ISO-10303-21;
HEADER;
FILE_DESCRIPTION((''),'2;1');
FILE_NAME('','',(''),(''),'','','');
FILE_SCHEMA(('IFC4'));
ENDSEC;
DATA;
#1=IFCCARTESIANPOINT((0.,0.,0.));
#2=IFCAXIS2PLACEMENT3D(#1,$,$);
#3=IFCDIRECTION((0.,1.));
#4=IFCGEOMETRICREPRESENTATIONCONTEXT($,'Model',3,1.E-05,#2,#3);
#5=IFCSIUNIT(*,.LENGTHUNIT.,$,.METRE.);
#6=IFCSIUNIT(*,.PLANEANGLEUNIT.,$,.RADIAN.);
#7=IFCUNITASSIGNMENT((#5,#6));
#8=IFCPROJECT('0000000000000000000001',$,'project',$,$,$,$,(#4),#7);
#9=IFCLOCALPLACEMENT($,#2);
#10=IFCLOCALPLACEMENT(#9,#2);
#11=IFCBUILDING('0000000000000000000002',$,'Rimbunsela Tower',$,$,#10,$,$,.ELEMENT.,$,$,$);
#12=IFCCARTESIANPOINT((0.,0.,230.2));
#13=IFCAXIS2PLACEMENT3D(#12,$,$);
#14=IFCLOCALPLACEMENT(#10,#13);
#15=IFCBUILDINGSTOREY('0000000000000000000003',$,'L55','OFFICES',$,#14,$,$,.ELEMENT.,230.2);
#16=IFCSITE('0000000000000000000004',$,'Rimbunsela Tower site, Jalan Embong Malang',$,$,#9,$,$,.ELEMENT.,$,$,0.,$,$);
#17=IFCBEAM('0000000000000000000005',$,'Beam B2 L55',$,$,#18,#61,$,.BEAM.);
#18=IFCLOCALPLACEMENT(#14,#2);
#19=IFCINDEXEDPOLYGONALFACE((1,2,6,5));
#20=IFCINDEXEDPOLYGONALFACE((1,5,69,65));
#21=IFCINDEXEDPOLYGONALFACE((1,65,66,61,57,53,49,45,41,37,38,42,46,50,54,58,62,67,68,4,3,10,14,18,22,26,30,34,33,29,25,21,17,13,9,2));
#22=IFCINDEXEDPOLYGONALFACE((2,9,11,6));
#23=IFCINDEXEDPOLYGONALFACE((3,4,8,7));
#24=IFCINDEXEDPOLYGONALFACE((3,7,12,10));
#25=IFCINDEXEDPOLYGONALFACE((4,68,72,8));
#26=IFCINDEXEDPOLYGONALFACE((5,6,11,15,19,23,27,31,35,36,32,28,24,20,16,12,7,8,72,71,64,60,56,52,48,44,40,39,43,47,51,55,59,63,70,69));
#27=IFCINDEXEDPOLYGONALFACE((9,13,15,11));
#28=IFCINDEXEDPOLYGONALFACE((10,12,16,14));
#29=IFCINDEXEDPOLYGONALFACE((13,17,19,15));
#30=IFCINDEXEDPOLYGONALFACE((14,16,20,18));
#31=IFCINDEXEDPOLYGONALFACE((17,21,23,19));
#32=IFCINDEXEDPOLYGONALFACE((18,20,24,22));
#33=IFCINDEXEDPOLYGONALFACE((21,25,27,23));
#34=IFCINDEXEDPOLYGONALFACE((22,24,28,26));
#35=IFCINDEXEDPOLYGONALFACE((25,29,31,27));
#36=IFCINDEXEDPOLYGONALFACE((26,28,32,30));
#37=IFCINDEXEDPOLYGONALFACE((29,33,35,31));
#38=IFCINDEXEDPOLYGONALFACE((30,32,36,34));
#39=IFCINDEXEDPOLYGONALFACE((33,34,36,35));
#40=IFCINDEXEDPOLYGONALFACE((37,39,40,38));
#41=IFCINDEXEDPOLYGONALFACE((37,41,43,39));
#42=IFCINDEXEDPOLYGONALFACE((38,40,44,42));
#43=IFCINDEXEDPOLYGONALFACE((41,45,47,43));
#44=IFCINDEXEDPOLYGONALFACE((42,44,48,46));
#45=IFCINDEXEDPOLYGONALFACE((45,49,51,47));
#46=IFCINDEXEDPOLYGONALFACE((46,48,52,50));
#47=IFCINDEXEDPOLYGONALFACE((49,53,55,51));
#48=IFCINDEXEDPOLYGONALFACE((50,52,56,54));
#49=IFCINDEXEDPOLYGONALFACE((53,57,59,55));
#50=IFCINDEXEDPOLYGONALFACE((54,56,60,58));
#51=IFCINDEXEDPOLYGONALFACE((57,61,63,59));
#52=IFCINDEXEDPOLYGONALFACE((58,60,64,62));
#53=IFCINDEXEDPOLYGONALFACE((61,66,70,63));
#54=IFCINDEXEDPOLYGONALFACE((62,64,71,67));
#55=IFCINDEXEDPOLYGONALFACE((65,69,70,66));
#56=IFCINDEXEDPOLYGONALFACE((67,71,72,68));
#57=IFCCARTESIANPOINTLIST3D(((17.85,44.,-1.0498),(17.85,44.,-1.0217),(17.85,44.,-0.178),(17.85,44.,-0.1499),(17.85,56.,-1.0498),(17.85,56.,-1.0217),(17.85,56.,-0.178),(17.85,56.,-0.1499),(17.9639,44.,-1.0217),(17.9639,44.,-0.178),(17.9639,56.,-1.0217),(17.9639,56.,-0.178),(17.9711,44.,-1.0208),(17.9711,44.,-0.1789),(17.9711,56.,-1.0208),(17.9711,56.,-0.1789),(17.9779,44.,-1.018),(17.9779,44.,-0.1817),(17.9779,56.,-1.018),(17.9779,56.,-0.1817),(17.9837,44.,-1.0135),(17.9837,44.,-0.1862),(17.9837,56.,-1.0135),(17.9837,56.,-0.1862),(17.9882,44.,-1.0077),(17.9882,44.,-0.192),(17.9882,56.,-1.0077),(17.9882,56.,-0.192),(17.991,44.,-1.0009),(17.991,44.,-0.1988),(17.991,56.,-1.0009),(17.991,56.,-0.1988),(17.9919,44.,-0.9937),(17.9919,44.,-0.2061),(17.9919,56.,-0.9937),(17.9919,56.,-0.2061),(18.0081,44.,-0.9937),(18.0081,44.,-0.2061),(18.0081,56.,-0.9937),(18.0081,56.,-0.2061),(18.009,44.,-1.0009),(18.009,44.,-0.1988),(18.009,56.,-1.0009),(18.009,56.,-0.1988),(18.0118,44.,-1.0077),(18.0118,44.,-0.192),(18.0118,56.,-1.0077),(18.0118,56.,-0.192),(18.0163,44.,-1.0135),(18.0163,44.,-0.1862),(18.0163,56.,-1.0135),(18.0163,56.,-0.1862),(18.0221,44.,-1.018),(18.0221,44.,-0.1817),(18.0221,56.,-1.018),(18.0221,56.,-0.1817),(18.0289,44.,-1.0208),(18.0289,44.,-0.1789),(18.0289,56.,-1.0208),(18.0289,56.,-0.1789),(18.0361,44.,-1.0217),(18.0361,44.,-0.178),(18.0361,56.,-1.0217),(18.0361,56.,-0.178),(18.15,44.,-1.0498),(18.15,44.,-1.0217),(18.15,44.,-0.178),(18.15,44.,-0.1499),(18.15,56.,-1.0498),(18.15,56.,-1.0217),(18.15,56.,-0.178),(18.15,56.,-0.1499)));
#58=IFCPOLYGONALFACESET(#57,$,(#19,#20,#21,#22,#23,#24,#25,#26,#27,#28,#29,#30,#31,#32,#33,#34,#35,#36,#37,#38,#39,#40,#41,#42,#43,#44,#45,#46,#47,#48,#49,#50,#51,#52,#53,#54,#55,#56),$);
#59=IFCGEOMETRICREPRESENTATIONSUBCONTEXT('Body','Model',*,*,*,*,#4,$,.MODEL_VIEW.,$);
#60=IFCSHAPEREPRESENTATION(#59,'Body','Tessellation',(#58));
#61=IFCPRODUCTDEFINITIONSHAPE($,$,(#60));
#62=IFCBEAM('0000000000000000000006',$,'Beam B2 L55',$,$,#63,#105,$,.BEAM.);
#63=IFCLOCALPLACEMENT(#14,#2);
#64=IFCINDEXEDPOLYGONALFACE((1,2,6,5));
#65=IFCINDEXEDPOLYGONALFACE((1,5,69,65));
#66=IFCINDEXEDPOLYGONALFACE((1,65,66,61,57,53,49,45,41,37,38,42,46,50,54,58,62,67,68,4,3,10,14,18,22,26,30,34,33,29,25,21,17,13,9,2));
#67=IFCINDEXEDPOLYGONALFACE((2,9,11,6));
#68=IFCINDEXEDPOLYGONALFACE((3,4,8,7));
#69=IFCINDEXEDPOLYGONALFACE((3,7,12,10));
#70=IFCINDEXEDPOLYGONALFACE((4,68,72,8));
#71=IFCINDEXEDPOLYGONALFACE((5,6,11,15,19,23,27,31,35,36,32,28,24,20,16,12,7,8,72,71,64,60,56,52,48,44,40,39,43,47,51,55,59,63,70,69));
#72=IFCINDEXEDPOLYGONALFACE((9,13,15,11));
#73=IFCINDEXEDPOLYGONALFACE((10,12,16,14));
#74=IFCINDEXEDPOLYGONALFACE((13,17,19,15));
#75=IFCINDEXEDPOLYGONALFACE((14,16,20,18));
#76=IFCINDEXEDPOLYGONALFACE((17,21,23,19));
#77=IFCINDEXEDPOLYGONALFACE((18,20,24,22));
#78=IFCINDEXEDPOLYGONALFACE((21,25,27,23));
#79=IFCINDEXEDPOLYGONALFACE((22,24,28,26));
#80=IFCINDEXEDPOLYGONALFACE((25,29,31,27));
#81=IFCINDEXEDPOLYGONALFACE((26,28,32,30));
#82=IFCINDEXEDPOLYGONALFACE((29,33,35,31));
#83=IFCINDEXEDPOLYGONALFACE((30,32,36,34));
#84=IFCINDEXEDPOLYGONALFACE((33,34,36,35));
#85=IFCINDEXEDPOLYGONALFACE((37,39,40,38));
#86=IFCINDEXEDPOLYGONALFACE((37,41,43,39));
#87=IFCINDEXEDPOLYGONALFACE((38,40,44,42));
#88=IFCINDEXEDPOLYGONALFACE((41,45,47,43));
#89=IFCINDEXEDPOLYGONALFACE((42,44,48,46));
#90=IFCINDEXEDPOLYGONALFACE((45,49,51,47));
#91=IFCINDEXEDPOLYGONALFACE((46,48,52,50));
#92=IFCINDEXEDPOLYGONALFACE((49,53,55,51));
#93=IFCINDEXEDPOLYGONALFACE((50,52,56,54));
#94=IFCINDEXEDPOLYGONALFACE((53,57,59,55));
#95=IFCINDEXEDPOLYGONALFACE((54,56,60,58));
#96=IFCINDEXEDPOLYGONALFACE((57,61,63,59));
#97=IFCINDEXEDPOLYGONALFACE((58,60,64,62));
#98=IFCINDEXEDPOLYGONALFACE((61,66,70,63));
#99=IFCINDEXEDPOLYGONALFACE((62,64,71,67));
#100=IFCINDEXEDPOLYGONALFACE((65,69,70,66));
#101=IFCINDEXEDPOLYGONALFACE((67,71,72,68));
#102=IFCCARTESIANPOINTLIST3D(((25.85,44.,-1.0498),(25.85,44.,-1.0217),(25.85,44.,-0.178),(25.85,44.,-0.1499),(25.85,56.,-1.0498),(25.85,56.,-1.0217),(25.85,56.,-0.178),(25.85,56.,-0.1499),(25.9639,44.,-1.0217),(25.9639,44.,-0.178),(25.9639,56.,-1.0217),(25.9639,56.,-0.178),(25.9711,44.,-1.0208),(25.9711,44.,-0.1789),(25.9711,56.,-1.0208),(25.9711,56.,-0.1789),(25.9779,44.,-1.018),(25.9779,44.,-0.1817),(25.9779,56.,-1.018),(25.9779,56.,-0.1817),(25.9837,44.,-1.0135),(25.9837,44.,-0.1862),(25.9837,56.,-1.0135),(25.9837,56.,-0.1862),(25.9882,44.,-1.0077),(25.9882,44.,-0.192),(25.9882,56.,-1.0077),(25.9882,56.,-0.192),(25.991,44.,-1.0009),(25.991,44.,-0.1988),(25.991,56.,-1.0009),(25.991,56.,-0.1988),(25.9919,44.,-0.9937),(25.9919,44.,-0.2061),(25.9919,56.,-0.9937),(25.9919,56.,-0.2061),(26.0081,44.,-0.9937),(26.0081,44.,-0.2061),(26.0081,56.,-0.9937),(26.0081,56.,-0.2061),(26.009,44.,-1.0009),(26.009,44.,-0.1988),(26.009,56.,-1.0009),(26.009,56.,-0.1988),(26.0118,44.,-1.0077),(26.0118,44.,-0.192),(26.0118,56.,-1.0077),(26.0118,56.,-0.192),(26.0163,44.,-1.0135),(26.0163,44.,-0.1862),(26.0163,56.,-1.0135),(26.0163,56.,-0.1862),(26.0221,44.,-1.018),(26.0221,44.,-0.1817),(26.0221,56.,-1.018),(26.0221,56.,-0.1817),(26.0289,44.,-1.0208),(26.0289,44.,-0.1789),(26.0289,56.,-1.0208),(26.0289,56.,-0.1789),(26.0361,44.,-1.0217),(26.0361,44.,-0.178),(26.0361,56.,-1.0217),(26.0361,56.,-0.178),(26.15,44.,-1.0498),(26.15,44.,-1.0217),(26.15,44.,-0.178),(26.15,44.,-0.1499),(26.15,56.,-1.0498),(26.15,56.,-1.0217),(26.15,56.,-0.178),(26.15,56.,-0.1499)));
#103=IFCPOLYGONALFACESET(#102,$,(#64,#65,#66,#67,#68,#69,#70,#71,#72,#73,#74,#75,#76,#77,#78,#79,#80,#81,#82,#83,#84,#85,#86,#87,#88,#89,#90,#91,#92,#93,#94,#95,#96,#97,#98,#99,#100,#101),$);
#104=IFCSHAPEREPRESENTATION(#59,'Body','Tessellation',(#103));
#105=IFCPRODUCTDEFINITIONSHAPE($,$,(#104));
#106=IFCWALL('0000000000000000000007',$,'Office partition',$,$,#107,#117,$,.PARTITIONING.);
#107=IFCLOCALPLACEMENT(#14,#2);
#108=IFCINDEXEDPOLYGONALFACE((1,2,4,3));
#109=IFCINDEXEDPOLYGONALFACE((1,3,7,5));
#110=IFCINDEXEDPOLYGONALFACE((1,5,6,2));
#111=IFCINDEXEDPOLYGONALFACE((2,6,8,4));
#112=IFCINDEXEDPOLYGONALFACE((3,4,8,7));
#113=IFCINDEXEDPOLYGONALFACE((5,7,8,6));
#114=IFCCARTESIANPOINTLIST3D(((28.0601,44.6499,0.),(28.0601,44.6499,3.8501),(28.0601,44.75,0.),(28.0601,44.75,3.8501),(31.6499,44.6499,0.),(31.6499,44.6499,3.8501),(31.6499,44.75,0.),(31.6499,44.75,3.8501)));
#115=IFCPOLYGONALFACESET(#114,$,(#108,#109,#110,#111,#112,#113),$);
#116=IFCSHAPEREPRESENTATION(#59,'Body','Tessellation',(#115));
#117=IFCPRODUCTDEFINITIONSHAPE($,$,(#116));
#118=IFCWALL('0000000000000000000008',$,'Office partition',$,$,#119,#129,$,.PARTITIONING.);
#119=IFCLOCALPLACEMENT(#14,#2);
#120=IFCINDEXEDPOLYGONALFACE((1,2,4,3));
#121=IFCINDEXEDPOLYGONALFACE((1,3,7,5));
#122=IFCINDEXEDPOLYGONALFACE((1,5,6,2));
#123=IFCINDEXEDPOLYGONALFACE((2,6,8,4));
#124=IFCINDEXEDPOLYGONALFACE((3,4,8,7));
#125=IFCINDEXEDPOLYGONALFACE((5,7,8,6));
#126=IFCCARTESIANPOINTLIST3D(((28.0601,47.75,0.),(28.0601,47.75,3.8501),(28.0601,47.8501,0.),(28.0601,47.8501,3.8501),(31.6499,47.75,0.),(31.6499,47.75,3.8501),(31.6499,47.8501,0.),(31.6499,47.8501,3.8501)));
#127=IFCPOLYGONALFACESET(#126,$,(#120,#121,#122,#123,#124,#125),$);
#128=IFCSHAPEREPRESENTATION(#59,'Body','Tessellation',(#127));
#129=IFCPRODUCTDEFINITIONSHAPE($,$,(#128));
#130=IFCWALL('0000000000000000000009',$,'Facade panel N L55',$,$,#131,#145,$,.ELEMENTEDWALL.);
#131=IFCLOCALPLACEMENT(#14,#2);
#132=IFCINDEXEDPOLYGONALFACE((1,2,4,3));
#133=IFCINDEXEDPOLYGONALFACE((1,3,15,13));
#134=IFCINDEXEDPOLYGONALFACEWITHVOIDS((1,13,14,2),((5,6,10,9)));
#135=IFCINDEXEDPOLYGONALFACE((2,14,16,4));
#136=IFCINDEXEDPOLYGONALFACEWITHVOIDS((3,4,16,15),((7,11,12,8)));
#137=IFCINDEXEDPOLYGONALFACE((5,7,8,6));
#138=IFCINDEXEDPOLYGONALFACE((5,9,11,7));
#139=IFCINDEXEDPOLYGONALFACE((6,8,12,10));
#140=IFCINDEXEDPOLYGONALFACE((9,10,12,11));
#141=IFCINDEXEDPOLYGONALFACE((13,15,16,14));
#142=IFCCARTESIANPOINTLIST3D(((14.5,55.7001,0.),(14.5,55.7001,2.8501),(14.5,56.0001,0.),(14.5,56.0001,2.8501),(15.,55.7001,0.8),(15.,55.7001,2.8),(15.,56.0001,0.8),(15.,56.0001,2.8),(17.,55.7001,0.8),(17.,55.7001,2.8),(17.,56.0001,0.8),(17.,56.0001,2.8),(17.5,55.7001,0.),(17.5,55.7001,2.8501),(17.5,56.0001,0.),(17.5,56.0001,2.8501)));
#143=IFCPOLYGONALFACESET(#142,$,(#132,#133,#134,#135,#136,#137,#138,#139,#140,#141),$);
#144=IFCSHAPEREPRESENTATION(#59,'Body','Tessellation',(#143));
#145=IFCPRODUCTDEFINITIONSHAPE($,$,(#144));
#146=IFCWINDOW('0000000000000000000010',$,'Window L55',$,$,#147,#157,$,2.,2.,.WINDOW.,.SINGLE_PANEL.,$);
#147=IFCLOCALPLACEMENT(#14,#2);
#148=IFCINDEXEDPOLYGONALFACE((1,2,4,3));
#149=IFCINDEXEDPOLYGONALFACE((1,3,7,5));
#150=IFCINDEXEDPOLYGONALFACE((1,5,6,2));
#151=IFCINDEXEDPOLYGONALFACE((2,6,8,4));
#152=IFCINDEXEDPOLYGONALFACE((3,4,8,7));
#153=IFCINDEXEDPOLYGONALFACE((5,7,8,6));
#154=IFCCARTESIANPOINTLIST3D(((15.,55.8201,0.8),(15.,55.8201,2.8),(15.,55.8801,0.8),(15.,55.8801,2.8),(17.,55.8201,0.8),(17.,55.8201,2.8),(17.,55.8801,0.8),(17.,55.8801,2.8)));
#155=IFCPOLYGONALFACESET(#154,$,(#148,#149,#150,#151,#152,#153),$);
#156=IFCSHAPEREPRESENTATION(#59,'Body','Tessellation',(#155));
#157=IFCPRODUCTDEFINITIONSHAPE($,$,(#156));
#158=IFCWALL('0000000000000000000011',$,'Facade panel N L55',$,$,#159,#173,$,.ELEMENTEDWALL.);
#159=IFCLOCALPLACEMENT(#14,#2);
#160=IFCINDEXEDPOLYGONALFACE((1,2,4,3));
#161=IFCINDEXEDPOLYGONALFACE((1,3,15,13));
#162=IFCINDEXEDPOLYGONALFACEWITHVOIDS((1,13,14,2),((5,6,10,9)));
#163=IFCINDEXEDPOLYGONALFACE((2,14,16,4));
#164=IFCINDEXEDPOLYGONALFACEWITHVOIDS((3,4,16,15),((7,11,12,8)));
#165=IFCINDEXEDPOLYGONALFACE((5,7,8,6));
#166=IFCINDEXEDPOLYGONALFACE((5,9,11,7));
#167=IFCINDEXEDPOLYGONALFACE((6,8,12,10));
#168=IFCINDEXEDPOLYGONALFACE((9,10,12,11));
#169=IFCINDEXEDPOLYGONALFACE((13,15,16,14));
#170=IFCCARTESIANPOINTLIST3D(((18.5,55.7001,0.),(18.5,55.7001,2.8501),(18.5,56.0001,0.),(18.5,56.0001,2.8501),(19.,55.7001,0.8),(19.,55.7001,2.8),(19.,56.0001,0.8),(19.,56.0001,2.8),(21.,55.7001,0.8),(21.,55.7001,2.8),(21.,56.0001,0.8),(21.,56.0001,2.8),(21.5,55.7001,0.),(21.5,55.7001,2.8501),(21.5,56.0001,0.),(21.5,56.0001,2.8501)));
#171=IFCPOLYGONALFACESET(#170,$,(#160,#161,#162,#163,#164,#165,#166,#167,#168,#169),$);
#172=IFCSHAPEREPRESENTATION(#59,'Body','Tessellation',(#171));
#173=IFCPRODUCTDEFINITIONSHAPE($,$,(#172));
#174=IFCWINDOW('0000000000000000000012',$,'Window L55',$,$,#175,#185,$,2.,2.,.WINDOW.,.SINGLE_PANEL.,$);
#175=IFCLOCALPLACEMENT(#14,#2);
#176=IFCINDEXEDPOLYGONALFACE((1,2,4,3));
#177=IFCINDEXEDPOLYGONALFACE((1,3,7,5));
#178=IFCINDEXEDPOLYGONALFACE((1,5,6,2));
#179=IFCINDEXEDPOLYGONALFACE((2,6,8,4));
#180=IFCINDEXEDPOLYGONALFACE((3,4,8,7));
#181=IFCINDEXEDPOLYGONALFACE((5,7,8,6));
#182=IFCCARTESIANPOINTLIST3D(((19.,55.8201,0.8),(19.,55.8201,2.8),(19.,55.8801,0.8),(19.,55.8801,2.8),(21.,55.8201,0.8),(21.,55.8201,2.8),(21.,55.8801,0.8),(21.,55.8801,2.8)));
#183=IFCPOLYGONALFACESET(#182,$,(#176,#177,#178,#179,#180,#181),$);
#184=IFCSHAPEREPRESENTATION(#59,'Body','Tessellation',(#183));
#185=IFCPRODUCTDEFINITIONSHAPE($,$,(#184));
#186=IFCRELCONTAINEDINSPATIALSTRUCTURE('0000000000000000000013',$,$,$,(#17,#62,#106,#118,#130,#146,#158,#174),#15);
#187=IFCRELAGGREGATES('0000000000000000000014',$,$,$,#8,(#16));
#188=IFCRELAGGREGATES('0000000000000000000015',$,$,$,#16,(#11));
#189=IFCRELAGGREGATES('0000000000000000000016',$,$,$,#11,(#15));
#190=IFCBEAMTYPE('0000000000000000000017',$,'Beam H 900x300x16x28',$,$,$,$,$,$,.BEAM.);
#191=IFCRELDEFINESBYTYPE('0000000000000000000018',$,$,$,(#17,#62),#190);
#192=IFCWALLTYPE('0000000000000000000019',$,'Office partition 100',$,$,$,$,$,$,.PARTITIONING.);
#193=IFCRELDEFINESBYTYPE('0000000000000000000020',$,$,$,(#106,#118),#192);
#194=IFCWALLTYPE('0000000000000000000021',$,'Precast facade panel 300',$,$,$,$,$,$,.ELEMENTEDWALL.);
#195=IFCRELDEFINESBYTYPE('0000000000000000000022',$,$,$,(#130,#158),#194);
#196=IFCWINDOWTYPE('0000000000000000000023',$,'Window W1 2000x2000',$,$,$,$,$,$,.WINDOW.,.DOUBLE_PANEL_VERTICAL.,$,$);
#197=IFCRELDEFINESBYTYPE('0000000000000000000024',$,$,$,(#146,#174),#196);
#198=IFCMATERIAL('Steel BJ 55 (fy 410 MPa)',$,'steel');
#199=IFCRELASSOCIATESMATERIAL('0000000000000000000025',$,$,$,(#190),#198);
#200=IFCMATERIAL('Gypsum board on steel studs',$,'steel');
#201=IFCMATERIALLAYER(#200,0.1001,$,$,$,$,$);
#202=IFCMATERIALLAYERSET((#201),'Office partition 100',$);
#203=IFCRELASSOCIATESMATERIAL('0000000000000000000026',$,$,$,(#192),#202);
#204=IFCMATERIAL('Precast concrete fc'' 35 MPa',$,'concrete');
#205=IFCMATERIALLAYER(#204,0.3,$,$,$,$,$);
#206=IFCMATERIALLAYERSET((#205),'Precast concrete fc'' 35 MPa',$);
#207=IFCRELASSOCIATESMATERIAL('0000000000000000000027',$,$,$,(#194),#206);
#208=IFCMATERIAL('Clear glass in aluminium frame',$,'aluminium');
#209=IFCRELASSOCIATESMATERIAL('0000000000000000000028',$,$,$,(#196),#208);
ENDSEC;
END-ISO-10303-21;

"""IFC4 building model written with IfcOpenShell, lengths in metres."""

from ifc_helpers import new_model, si_unit, direction, frame, frame_2d, origin, origin_2d, place, context, subcontext, project, spatial, rectangle, i_section, extrude, material, layer, layer_set, material_profile, profile_set, type_object, element, fill, save


model = new_model("IFC4")

# Units and contexts
model_context = context("Model", 3, precision=1e-05, world=origin(), true_north=direction((0.0, 1.0)))
body_context = subcontext(model_context, "Body", "Model", "MODEL_VIEW")
ifc_project = project(units=[si_unit("LENGTHUNIT", "METRE"), si_unit("PLANEANGLEUNIT", "RADIAN")], contexts=[model_context])

# Site, building, storey
site_placement = place(None, origin())
site = spatial("IfcSite", under=ifc_project, at=site_placement, Name="Rimbunsela Tower site, Jalan Embong Malang", CompositionType="ELEMENT", RefElevation=0.0)
building_placement = place(site_placement, origin())
building = spatial("IfcBuilding", under=site, at=building_placement, Name="Rimbunsela Tower", CompositionType="ELEMENT")
storey_placement = place(building_placement, frame((0.0, 0.0, 230.2)))
storey = spatial("IfcBuildingStorey", under=building, at=storey_placement, Name="L55", Description="OFFICES", CompositionType="ELEMENT", Elevation=230.2)

# Beams
ifc_material_1 = material(Name="Steel BJ 55 (fy 410 MPa)", Category="steel")
ifc_material_profile_1 = material_profile(ifc_material_1, i_section(OverallWidth=0.3, OverallDepth=0.8999, WebThickness=0.0161, FlangeThickness=0.0281, FilletRadius=0.0281, at=origin_2d()), Name="H 900x300x16x28")
ifc_profile_set_1 = profile_set([ifc_material_profile_1], Name="Steel BJ 55 (fy 410 MPa)")
beam_type_1 = type_object("IfcBeamType", Name="Beam H 900x300x16x28", PredefinedType="BEAM", material=ifc_profile_set_1)
for number, where, z_axis, x_axis, name in (
    (1, (18.0, 44.0, -0.5999), (0.0, 1.0, 0.0), (-1.0, 0.0, 0.0), "Beam B2 L55"),
    (2, (26.0, 44.0, -0.5999), (0.0, 1.0, 0.0), (-1.0, 0.0, 0.0), "Beam B2 L55"),
):
    element("IfcBeam", number, at=place(storey_placement, frame(where, z_axis=z_axis, x_axis=x_axis)), inside=storey, type_object=beam_type_1, Name=name, PredefinedType="BEAM", context=body_context, shape_type="SweptSolid", body=[
        extrude(i_section(OverallWidth=0.3, OverallDepth=0.8999, WebThickness=0.0161, FlangeThickness=0.0281, FilletRadius=0.0281, at=origin_2d()), origin(), (0.0, 0.0, 1.0), 12.0),
    ])

# Walls
ifc_material_2 = material(Name="Gypsum board on steel studs", Category="steel")
ifc_layer_1 = layer(ifc_material_2, 0.1001)
ifc_layer_set_1 = layer_set([ifc_layer_1], Name="Office partition 100")
wall_type_1 = type_object("IfcWallType", Name="Office partition 100", PredefinedType="PARTITIONING", material=ifc_layer_set_1)
for number, where, z_axis, x_axis, name in (
    (3, (28.0601, 44.7, 0.0), (0.0, 0.0, 1.0), (1.0, 0.0, 0.0), "Office partition"),
    (4, (28.0601, 47.8, 0.0), (0.0, 0.0, 1.0), (1.0, 0.0, 0.0), "Office partition"),
):
    element("IfcWall", number, at=place(storey_placement, frame(where, z_axis=z_axis, x_axis=x_axis)), inside=storey, type_object=wall_type_1, Name=name, PredefinedType="PARTITIONING", context=body_context, shape_type="SweptSolid", body=[
        extrude(rectangle(XDim=3.5898, YDim=0.1001, at=frame_2d((1.7949, 0.0))), origin(), (0.0, 0.0, 1.0), 3.8501),
    ])

# Walls, openings, windows
ifc_material_3 = material(Name="Precast concrete fc' 35 MPa", Category="concrete")
ifc_layer_2 = layer(ifc_material_3, 0.3)
ifc_layer_set_2 = layer_set([ifc_layer_2], Name="Precast concrete fc' 35 MPa")
wall_type_2 = type_object("IfcWallType", Name="Precast facade panel 300", PredefinedType="ELEMENTEDWALL", material=ifc_layer_set_2)
wall_1_placement = place(storey_placement, frame((17.5, 55.8501, 0.0), z_axis=(0.0, 0.0, 1.0), x_axis=(-1.0, 0.0, 0.0)))
wall_1 = element("IfcWall", 5, at=wall_1_placement, inside=storey, type_object=wall_type_2, Name="Facade panel N L55", PredefinedType="ELEMENTEDWALL", context=body_context, shape_type="SweptSolid", body=[
    extrude(rectangle(XDim=3.0, YDim=0.3, at=frame_2d((1.5, 0.0))), origin(), (0.0, 0.0, 1.0), 2.8501),
])
opening_1_placement = place(wall_1_placement, frame((0.5, 0.0, 0.8)))
opening_1 = element("IfcOpeningElement", 6, at=opening_1_placement, cuts=wall_1, PredefinedType="OPENING", context=body_context, shape_type="SweptSolid", body=[
    extrude(rectangle(XDim=2.0, YDim=2.0, at=frame_2d((1.0, 1.0))), frame((0.0, 0.1599, 0.0), z_axis=(0.0, -1.0, 0.0), x_axis=(1.0, 0.0, 0.0)), (0.0, 0.0, 1.0), 0.3201),
])
ifc_material_4 = material(Name="Clear glass in aluminium frame", Category="aluminium")
window_type_1 = type_object("IfcWindowType", Name="Window W1 2000x2000", PartitioningType="DOUBLE_PANEL_VERTICAL", PredefinedType="WINDOW", material=ifc_material_4)
window_1_placement = place(opening_1_placement, origin())
window_1 = element("IfcWindow", 7, at=window_1_placement, inside=storey, type_object=window_type_1, Name="Window L55", OverallHeight=2.0, OverallWidth=2.0, PartitioningType="SINGLE_PANEL", PredefinedType="WINDOW", context=body_context, shape_type="SweptSolid", body=[
    extrude(rectangle(XDim=2.0, YDim=2.0, at=frame_2d((1.0, 1.0))), frame((0.0, 0.03, 0.0), z_axis=(0.0, -1.0, 0.0), x_axis=(1.0, 0.0, 0.0)), (0.0, 0.0, 1.0), 0.0601),
])
fill(opening_1, window_1)
wall_2_placement = place(storey_placement, frame((21.5, 55.8501, 0.0), z_axis=(0.0, 0.0, 1.0), x_axis=(-1.0, 0.0, 0.0)))
wall_2 = element("IfcWall", 8, at=wall_2_placement, inside=storey, type_object=wall_type_2, Name="Facade panel N L55", PredefinedType="ELEMENTEDWALL", context=body_context, shape_type="SweptSolid", body=[
    extrude(rectangle(XDim=3.0, YDim=0.3, at=frame_2d((1.5, 0.0))), origin(), (0.0, 0.0, 1.0), 2.8501),
])
opening_2_placement = place(wall_2_placement, frame((0.5, 0.0, 0.8)))
opening_2 = element("IfcOpeningElement", 9, at=opening_2_placement, cuts=wall_2, PredefinedType="OPENING", context=body_context, shape_type="SweptSolid", body=[
    extrude(rectangle(XDim=2.0, YDim=2.0, at=frame_2d((1.0, 1.0))), frame((0.0, 0.1599, 0.0), z_axis=(0.0, -1.0, 0.0), x_axis=(1.0, 0.0, 0.0)), (0.0, 0.0, 1.0), 0.3201),
])
window_2_placement = place(opening_2_placement, origin())
window_2 = element("IfcWindow", 10, at=window_2_placement, inside=storey, type_object=window_type_1, Name="Window L55", OverallHeight=2.0, OverallWidth=2.0, PartitioningType="SINGLE_PANEL", PredefinedType="WINDOW", context=body_context, shape_type="SweptSolid", body=[
    extrude(rectangle(XDim=2.0, YDim=2.0, at=frame_2d((1.0, 1.0))), frame((0.0, 0.03, 0.0), z_axis=(0.0, -1.0, 0.0), x_axis=(1.0, 0.0, 0.0)), (0.0, 0.0, 1.0), 0.0601),
])
fill(opening_2, window_2)

save(model, "model.ifc")
